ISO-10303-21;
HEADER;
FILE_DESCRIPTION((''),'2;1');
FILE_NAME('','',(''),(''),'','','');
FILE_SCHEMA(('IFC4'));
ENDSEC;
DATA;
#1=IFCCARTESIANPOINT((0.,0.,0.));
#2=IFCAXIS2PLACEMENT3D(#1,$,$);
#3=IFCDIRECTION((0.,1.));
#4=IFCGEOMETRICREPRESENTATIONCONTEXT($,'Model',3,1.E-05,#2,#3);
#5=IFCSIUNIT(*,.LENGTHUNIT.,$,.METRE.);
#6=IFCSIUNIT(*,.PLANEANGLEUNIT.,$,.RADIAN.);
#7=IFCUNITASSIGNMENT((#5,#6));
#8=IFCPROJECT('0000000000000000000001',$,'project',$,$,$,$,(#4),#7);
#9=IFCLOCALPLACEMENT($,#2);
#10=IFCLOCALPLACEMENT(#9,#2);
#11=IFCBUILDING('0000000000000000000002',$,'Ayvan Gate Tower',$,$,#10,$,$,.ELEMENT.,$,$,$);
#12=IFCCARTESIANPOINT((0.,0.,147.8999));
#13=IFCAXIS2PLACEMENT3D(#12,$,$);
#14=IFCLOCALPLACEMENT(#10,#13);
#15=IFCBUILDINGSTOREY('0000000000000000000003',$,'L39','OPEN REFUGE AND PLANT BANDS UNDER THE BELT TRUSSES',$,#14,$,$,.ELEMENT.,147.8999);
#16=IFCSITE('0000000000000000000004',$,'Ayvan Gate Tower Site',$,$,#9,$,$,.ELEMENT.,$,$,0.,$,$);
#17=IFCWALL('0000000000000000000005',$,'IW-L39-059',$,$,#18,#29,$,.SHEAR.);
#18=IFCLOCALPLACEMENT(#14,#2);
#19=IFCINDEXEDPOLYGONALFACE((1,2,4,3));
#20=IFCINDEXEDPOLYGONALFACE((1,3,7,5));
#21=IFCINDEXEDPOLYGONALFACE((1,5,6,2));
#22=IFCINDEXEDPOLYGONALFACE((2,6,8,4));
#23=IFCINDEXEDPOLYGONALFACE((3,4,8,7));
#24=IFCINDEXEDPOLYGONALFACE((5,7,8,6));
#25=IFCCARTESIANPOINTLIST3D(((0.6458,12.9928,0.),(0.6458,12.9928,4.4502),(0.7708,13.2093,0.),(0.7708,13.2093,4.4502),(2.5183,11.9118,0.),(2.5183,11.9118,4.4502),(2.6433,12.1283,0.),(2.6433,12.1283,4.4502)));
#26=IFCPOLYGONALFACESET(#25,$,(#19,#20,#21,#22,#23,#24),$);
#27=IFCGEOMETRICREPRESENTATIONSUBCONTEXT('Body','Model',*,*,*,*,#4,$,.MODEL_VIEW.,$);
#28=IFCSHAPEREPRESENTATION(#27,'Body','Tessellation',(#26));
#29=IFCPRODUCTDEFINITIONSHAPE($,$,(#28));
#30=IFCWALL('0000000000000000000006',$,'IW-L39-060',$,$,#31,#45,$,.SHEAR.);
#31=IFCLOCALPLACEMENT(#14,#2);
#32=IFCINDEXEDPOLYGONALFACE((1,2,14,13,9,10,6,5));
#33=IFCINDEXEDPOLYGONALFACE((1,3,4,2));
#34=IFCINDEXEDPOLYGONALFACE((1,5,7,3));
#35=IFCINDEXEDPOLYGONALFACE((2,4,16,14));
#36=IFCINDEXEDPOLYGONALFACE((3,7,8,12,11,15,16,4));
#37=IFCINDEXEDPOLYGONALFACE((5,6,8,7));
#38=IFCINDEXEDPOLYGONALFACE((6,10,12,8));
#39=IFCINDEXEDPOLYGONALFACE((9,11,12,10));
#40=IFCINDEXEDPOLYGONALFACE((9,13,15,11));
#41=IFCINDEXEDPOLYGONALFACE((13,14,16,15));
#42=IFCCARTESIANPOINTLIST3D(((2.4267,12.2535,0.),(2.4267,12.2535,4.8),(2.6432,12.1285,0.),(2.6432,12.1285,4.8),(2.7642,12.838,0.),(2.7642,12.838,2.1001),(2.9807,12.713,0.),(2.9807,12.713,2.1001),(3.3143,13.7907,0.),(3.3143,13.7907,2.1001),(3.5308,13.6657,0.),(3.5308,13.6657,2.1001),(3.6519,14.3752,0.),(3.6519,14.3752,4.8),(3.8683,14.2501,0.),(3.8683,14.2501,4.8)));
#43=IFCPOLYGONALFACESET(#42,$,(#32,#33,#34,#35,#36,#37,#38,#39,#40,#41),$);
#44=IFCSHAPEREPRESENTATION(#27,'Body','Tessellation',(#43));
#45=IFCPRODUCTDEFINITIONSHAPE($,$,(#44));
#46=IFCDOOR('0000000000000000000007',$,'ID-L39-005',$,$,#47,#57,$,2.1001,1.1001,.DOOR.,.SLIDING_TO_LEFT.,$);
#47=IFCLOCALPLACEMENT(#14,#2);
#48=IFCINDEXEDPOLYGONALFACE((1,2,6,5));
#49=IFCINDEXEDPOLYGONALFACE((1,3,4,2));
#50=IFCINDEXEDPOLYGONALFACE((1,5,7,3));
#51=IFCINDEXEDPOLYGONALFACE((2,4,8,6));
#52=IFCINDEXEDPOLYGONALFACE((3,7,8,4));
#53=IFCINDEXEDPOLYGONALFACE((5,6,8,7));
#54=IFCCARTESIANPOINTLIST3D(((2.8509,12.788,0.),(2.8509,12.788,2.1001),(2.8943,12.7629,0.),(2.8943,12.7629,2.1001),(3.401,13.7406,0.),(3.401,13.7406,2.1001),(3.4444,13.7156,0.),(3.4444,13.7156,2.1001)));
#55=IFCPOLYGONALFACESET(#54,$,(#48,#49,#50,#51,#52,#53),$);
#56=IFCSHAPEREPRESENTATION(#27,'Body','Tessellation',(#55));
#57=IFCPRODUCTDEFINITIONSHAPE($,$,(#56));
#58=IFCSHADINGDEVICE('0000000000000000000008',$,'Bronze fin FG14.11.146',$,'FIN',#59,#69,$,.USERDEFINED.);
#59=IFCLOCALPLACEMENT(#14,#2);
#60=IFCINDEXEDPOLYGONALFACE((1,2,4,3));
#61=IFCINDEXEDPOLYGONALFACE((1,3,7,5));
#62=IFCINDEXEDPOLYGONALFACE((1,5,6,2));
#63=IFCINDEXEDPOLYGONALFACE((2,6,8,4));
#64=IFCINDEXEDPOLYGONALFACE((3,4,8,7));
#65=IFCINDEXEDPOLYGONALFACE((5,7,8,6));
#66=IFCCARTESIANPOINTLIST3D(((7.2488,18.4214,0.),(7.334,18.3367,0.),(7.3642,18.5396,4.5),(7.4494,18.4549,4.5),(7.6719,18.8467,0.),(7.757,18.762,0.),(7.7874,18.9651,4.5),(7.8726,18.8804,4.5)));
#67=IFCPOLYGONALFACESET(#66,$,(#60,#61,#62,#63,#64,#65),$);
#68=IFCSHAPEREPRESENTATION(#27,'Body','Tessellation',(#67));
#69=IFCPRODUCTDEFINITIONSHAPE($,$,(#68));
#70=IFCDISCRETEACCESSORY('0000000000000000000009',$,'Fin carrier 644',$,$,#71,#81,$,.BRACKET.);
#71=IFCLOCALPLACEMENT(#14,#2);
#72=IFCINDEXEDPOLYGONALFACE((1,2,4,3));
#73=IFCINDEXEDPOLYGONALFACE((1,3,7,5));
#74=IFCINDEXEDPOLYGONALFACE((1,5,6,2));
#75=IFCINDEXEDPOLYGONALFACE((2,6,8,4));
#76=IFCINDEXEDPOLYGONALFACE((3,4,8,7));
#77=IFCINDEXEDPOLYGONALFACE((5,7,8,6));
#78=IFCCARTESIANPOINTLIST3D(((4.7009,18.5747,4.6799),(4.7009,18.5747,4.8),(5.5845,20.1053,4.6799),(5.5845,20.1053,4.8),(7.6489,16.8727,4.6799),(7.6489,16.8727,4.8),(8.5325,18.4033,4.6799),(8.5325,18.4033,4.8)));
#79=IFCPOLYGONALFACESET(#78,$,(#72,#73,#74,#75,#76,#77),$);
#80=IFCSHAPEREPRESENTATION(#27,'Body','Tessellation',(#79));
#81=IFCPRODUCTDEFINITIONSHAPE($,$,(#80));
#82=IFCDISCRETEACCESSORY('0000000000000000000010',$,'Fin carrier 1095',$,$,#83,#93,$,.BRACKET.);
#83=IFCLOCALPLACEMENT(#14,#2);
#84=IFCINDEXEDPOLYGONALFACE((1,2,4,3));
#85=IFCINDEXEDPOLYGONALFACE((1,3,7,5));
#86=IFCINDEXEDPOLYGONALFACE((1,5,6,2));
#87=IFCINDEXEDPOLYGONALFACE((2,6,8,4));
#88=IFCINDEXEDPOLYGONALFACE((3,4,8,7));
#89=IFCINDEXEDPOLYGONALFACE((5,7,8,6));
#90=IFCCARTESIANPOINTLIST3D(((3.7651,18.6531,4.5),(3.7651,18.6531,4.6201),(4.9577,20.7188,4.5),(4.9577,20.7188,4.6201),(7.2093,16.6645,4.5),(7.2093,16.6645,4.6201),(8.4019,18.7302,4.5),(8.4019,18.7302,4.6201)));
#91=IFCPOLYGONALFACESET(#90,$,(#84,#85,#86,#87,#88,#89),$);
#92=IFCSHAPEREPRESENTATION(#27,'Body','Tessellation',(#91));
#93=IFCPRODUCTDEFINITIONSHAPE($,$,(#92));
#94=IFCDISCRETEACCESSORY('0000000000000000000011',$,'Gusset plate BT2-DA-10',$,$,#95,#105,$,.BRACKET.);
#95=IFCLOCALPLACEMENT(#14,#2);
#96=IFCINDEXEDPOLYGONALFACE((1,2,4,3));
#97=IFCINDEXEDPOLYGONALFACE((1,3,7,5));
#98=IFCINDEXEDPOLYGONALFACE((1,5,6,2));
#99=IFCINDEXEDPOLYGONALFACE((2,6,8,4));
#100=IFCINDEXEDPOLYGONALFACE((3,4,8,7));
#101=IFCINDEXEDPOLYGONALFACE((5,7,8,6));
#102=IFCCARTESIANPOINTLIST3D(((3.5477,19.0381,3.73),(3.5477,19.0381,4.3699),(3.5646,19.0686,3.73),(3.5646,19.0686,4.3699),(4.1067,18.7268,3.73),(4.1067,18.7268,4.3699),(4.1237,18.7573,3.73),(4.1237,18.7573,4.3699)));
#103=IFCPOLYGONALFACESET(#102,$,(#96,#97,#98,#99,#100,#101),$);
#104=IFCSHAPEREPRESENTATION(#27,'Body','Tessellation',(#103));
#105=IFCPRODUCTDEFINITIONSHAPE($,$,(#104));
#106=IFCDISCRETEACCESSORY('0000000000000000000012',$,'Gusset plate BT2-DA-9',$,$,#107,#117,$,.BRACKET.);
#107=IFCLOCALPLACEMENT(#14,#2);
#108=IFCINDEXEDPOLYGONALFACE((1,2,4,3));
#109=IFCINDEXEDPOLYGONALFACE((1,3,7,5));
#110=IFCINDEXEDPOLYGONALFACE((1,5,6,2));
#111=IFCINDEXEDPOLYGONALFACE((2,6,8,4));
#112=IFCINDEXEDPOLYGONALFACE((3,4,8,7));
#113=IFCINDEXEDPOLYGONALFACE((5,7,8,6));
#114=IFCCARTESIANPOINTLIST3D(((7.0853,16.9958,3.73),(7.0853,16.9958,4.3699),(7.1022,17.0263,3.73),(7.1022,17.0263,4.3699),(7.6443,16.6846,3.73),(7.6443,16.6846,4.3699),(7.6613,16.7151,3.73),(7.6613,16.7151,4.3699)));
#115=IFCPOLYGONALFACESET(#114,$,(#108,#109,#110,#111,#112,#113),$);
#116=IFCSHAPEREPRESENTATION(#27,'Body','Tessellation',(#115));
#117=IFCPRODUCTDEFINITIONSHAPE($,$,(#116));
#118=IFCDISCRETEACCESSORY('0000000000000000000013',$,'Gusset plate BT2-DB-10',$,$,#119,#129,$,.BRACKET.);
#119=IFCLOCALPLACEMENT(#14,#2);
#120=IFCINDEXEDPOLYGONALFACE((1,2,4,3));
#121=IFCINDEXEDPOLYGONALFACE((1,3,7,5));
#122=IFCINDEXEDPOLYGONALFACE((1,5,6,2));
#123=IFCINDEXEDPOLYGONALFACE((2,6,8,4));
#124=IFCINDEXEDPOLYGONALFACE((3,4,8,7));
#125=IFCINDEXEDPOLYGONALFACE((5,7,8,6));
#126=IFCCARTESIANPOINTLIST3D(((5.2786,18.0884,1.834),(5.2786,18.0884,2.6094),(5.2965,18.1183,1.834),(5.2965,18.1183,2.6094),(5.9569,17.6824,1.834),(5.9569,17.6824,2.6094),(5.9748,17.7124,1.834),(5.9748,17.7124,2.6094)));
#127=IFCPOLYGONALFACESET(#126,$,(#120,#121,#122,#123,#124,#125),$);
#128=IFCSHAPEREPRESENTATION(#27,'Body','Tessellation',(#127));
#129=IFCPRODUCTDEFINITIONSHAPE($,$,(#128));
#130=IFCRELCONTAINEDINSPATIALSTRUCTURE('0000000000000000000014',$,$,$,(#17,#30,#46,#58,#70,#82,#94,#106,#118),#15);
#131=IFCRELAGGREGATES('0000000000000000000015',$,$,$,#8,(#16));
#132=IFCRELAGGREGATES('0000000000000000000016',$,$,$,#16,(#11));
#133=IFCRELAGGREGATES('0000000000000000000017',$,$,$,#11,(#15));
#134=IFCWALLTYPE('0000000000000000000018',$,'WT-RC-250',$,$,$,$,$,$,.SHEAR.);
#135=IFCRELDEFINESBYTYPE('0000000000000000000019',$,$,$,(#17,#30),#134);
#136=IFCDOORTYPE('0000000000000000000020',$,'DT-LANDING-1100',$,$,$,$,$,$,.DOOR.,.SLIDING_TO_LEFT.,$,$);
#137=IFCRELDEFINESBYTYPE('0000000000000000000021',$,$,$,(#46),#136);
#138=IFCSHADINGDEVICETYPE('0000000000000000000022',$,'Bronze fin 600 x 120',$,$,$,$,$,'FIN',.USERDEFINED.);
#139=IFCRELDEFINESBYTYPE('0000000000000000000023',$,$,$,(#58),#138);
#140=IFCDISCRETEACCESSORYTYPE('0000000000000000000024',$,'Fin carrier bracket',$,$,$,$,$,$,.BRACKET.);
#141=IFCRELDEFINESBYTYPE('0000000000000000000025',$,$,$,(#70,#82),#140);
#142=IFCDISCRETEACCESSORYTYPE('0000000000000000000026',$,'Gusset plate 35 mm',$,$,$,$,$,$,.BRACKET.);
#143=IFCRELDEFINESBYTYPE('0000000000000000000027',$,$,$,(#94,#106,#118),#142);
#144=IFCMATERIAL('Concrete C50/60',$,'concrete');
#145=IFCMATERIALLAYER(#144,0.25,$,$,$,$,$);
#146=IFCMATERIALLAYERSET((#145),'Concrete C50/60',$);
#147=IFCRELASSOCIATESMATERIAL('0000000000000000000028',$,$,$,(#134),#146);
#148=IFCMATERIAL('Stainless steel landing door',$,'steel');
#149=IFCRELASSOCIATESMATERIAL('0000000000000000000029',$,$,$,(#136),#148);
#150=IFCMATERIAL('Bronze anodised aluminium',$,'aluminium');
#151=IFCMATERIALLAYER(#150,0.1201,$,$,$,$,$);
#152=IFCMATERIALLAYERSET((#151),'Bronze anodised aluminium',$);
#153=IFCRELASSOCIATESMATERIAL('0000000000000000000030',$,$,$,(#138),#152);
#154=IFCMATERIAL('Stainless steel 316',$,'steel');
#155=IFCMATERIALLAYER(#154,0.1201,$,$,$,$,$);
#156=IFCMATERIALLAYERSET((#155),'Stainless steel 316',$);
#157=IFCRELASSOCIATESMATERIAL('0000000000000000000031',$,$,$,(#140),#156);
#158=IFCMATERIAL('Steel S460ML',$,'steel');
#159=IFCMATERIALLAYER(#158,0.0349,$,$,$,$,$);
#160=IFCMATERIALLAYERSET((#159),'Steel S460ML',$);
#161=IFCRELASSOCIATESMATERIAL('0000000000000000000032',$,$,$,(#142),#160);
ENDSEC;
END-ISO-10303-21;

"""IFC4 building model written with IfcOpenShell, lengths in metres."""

from ifc_helpers import new_model, si_unit, direction, frame, frame_2d, origin, origin_2d, place, context, subcontext, project, spatial, polyline, rectangle, outline, extrude, material, layer, layer_set, type_object, element, fill, save


model = new_model("IFC4")

# Units and contexts
model_context = context("Model", 3, precision=1e-05, world=origin(), true_north=direction((0.0, 1.0)))
body_context = subcontext(model_context, "Body", "Model", "MODEL_VIEW")
ifc_project = project(units=[si_unit("LENGTHUNIT", "METRE"), si_unit("PLANEANGLEUNIT", "RADIAN")], contexts=[model_context])

# Site, building, storey
site_placement = place(None, origin())
site = spatial("IfcSite", under=ifc_project, at=site_placement, Name="Ayvan Gate Tower Site", CompositionType="ELEMENT", RefElevation=0.0)
building_placement = place(site_placement, origin())
building = spatial("IfcBuilding", under=site, at=building_placement, Name="Ayvan Gate Tower", CompositionType="ELEMENT")
storey_placement = place(building_placement, frame((0.0, 0.0, 147.8999)))
storey = spatial("IfcBuildingStorey", under=building, at=storey_placement, Name="L39", Description="OPEN REFUGE AND PLANT BANDS UNDER THE BELT TRUSSES", CompositionType="ELEMENT", Elevation=147.8999)

# Shared definitions
ifc_material_1 = material(Name="Steel S460ML", Category="steel")

# Wall
ifc_material_2 = material(Name="Concrete C50/60", Category="concrete")
ifc_layer_1 = layer(ifc_material_2, 0.25)
ifc_layer_set_1 = layer_set([ifc_layer_1], Name="Concrete C50/60")
wall_type_1 = type_object("IfcWallType", Name="WT-RC-250", PredefinedType="SHEAR", material=ifc_layer_set_1)
wall_1_placement = place(storey_placement, frame((2.5808, 12.02, 0.0), z_axis=(0.0, 0.0, 1.0), x_axis=(-0.866039, 0.499977, 0.0)))
element("IfcWall", 1, at=wall_1_placement, inside=storey, type_object=wall_type_1, Name="IW-L39-059", PredefinedType="SHEAR", context=body_context, shape_type="SweptSolid", body=[
    extrude(rectangle(XDim=2.1621, YDim=0.25, at=frame_2d((1.0811, 0.0))), origin(), (0.0, 0.0, 1.0), 4.4502),
])

# Wall, opening, door
wall_2_placement = place(storey_placement, frame((2.5349, 12.1909, 0.0), z_axis=(0.0, 0.0, 1.0), x_axis=(0.500062, 0.86599, 0.0)))
wall_2 = element("IfcWall", 2, at=wall_2_placement, inside=storey, type_object=wall_type_1, Name="IW-L39-060", PredefinedType="SHEAR", context=body_context, shape_type="SweptSolid", body=[
    extrude(rectangle(XDim=2.45, YDim=0.25, at=frame_2d((1.2251, 0.0))), origin(), (0.0, 0.0, 1.0), 4.8),
])
opening_placement = place(wall_2_placement, frame((0.675, 0.0, 0.0)))
opening = element("IfcOpeningElement", 3, at=opening_placement, cuts=wall_2, PredefinedType="OPENING", context=body_context, shape_type="SweptSolid", body=[
    extrude(rectangle(XDim=1.1001, YDim=2.1001, at=frame_2d((0.55, 1.05))), frame((0.0, 0.135, 0.0), z_axis=(0.0, -1.0, 0.0), x_axis=(1.0, 0.0, 0.0)), (0.0, 0.0, 1.0), 0.27),
])
ifc_material_3 = material(Name="Stainless steel landing door", Category="steel")
door_type = type_object("IfcDoorType", Name="DT-LANDING-1100", OperationType="SLIDING_TO_LEFT", PredefinedType="DOOR", material=ifc_material_3)
door_placement = place(opening_placement, origin())
door = element("IfcDoor", 4, at=door_placement, inside=storey, type_object=door_type, Name="ID-L39-005", OperationType="SLIDING_TO_LEFT", OverallHeight=2.1001, OverallWidth=1.1001, PredefinedType="DOOR", context=body_context, shape_type="SweptSolid", body=[
    extrude(rectangle(XDim=1.1001, YDim=2.1001, at=frame_2d((0.55, 1.05))), frame((0.0, 0.0249, 0.0), z_axis=(0.0, -1.0, 0.0), x_axis=(1.0, 0.0, 0.0)), (0.0, 0.0, 1.0), 0.05),
])
fill(opening, door)

# Shading device
ifc_material_4 = material(Name="Bronze anodised aluminium", Category="aluminium")
ifc_layer_2 = layer(ifc_material_4, 0.1201)
ifc_layer_set_2 = layer_set([ifc_layer_2], Name="Bronze anodised aluminium")
shading_device_type = type_object("IfcShadingDeviceType", Name="Bronze fin 600 x 120", ElementType="FIN", PredefinedType="USERDEFINED", material=ifc_layer_set_2)
shading_device_placement = place(storey_placement, frame((7.334, 18.3367, 0.0), z_axis=(0.709037, -0.705171, 0.000341), x_axis=(0.705171, 0.709037, 0.0)))
element("IfcShadingDevice", 5, at=shading_device_placement, inside=storey, type_object=shading_device_type, Name="Bronze fin FG14.11.146", ObjectType="FIN", PredefinedType="USERDEFINED", context=body_context, shape_type="SweptSolid", body=[
    extrude(outline(polyline([(0.0, 0.0), (0.5999, 0.0), (0.7653, 4.5), (0.1652, 4.5), (0.0, 0.0)])), origin(), (0.0, 0.0, -1.0), 0.1201),
])

# Discrete accessories
ifc_material_5 = material(Name="Stainless steel 316", Category="steel")
ifc_layer_3 = layer(ifc_material_5, 0.1201)
ifc_layer_set_3 = layer_set([ifc_layer_3], Name="Stainless steel 316")
discrete_accessory_type_1 = type_object("IfcDiscreteAccessoryType", Name="Fin carrier bracket", PredefinedType="BRACKET", material=ifc_layer_set_3)
discrete_accessory_1_placement = place(storey_placement, frame((6.6167, 18.489, 4.6799), z_axis=(0.0, 0.0, 1.0), x_axis=(-0.866025, 0.5, 0.0)))
element("IfcDiscreteAccessory", 6, at=discrete_accessory_1_placement, inside=storey, type_object=discrete_accessory_type_1, Name="Fin carrier 644", PredefinedType="BRACKET", context=body_context, shape_type="SweptSolid", body=[
    extrude(rectangle(XDim=3.4041, YDim=1.7673, at=origin_2d()), origin(), (0.0, 0.0, 1.0), 0.1201),
])
discrete_accessory_2_placement = place(storey_placement, frame((6.0835, 18.6917, 4.5), z_axis=(0.0, 0.0, 1.0), x_axis=(-0.866025, 0.5, 0.0)))
element("IfcDiscreteAccessory", 7, at=discrete_accessory_2_placement, inside=storey, type_object=discrete_accessory_type_1, Name="Fin carrier 1095", PredefinedType="BRACKET", context=body_context, shape_type="SweptSolid", body=[
    extrude(rectangle(XDim=3.9771, YDim=2.3853, at=origin_2d()), origin(), (0.0, 0.0, 1.0), 0.1201),
])
ifc_layer_4 = layer(ifc_material_1, 0.0349)
ifc_layer_set_4 = layer_set([ifc_layer_4], Name="Steel S460ML")
discrete_accessory_type_2 = type_object("IfcDiscreteAccessoryType", Name="Gusset plate 35 mm", PredefinedType="BRACKET", material=ifc_layer_set_4)
for number, where, z_axis, x_axis, name in (
    (8, (3.8357, 18.8977, 3.73), (0.0, 0.0, 1.0), (-0.873704, 0.486457, 0.0), "Gusset plate BT2-DA-10"),
    (9, (7.3733, 16.8555, 3.73), (0.0, 0.0, 1.0), (-0.873731, 0.486409, 0.0), "Gusset plate BT2-DA-9"),
):
    element("IfcDiscreteAccessory", number, at=place(storey_placement, frame(where, z_axis=z_axis, x_axis=x_axis)), inside=storey, type_object=discrete_accessory_type_2, Name=name, PredefinedType="BRACKET", context=body_context, shape_type="SweptSolid", body=[
        extrude(rectangle(XDim=0.6399, YDim=0.0349, at=origin_2d()), origin(), (0.0, 0.0, 1.0), 0.6399),
    ])
discrete_accessory_3_placement = place(storey_placement, frame((5.6267, 17.9004, 1.834), z_axis=(0.0, 0.0, 1.0), x_axis=(-0.858079, 0.513517, 0.0)))
element("IfcDiscreteAccessory", 10, at=discrete_accessory_3_placement, inside=storey, type_object=discrete_accessory_type_2, Name="Gusset plate BT2-DB-10", PredefinedType="BRACKET", context=body_context, shape_type="SweptSolid", body=[
    extrude(rectangle(XDim=0.7905, YDim=0.0349, at=origin_2d()), origin(), (0.0, 0.0, 1.0), 0.7754),
])

save(model, "model.ifc")
